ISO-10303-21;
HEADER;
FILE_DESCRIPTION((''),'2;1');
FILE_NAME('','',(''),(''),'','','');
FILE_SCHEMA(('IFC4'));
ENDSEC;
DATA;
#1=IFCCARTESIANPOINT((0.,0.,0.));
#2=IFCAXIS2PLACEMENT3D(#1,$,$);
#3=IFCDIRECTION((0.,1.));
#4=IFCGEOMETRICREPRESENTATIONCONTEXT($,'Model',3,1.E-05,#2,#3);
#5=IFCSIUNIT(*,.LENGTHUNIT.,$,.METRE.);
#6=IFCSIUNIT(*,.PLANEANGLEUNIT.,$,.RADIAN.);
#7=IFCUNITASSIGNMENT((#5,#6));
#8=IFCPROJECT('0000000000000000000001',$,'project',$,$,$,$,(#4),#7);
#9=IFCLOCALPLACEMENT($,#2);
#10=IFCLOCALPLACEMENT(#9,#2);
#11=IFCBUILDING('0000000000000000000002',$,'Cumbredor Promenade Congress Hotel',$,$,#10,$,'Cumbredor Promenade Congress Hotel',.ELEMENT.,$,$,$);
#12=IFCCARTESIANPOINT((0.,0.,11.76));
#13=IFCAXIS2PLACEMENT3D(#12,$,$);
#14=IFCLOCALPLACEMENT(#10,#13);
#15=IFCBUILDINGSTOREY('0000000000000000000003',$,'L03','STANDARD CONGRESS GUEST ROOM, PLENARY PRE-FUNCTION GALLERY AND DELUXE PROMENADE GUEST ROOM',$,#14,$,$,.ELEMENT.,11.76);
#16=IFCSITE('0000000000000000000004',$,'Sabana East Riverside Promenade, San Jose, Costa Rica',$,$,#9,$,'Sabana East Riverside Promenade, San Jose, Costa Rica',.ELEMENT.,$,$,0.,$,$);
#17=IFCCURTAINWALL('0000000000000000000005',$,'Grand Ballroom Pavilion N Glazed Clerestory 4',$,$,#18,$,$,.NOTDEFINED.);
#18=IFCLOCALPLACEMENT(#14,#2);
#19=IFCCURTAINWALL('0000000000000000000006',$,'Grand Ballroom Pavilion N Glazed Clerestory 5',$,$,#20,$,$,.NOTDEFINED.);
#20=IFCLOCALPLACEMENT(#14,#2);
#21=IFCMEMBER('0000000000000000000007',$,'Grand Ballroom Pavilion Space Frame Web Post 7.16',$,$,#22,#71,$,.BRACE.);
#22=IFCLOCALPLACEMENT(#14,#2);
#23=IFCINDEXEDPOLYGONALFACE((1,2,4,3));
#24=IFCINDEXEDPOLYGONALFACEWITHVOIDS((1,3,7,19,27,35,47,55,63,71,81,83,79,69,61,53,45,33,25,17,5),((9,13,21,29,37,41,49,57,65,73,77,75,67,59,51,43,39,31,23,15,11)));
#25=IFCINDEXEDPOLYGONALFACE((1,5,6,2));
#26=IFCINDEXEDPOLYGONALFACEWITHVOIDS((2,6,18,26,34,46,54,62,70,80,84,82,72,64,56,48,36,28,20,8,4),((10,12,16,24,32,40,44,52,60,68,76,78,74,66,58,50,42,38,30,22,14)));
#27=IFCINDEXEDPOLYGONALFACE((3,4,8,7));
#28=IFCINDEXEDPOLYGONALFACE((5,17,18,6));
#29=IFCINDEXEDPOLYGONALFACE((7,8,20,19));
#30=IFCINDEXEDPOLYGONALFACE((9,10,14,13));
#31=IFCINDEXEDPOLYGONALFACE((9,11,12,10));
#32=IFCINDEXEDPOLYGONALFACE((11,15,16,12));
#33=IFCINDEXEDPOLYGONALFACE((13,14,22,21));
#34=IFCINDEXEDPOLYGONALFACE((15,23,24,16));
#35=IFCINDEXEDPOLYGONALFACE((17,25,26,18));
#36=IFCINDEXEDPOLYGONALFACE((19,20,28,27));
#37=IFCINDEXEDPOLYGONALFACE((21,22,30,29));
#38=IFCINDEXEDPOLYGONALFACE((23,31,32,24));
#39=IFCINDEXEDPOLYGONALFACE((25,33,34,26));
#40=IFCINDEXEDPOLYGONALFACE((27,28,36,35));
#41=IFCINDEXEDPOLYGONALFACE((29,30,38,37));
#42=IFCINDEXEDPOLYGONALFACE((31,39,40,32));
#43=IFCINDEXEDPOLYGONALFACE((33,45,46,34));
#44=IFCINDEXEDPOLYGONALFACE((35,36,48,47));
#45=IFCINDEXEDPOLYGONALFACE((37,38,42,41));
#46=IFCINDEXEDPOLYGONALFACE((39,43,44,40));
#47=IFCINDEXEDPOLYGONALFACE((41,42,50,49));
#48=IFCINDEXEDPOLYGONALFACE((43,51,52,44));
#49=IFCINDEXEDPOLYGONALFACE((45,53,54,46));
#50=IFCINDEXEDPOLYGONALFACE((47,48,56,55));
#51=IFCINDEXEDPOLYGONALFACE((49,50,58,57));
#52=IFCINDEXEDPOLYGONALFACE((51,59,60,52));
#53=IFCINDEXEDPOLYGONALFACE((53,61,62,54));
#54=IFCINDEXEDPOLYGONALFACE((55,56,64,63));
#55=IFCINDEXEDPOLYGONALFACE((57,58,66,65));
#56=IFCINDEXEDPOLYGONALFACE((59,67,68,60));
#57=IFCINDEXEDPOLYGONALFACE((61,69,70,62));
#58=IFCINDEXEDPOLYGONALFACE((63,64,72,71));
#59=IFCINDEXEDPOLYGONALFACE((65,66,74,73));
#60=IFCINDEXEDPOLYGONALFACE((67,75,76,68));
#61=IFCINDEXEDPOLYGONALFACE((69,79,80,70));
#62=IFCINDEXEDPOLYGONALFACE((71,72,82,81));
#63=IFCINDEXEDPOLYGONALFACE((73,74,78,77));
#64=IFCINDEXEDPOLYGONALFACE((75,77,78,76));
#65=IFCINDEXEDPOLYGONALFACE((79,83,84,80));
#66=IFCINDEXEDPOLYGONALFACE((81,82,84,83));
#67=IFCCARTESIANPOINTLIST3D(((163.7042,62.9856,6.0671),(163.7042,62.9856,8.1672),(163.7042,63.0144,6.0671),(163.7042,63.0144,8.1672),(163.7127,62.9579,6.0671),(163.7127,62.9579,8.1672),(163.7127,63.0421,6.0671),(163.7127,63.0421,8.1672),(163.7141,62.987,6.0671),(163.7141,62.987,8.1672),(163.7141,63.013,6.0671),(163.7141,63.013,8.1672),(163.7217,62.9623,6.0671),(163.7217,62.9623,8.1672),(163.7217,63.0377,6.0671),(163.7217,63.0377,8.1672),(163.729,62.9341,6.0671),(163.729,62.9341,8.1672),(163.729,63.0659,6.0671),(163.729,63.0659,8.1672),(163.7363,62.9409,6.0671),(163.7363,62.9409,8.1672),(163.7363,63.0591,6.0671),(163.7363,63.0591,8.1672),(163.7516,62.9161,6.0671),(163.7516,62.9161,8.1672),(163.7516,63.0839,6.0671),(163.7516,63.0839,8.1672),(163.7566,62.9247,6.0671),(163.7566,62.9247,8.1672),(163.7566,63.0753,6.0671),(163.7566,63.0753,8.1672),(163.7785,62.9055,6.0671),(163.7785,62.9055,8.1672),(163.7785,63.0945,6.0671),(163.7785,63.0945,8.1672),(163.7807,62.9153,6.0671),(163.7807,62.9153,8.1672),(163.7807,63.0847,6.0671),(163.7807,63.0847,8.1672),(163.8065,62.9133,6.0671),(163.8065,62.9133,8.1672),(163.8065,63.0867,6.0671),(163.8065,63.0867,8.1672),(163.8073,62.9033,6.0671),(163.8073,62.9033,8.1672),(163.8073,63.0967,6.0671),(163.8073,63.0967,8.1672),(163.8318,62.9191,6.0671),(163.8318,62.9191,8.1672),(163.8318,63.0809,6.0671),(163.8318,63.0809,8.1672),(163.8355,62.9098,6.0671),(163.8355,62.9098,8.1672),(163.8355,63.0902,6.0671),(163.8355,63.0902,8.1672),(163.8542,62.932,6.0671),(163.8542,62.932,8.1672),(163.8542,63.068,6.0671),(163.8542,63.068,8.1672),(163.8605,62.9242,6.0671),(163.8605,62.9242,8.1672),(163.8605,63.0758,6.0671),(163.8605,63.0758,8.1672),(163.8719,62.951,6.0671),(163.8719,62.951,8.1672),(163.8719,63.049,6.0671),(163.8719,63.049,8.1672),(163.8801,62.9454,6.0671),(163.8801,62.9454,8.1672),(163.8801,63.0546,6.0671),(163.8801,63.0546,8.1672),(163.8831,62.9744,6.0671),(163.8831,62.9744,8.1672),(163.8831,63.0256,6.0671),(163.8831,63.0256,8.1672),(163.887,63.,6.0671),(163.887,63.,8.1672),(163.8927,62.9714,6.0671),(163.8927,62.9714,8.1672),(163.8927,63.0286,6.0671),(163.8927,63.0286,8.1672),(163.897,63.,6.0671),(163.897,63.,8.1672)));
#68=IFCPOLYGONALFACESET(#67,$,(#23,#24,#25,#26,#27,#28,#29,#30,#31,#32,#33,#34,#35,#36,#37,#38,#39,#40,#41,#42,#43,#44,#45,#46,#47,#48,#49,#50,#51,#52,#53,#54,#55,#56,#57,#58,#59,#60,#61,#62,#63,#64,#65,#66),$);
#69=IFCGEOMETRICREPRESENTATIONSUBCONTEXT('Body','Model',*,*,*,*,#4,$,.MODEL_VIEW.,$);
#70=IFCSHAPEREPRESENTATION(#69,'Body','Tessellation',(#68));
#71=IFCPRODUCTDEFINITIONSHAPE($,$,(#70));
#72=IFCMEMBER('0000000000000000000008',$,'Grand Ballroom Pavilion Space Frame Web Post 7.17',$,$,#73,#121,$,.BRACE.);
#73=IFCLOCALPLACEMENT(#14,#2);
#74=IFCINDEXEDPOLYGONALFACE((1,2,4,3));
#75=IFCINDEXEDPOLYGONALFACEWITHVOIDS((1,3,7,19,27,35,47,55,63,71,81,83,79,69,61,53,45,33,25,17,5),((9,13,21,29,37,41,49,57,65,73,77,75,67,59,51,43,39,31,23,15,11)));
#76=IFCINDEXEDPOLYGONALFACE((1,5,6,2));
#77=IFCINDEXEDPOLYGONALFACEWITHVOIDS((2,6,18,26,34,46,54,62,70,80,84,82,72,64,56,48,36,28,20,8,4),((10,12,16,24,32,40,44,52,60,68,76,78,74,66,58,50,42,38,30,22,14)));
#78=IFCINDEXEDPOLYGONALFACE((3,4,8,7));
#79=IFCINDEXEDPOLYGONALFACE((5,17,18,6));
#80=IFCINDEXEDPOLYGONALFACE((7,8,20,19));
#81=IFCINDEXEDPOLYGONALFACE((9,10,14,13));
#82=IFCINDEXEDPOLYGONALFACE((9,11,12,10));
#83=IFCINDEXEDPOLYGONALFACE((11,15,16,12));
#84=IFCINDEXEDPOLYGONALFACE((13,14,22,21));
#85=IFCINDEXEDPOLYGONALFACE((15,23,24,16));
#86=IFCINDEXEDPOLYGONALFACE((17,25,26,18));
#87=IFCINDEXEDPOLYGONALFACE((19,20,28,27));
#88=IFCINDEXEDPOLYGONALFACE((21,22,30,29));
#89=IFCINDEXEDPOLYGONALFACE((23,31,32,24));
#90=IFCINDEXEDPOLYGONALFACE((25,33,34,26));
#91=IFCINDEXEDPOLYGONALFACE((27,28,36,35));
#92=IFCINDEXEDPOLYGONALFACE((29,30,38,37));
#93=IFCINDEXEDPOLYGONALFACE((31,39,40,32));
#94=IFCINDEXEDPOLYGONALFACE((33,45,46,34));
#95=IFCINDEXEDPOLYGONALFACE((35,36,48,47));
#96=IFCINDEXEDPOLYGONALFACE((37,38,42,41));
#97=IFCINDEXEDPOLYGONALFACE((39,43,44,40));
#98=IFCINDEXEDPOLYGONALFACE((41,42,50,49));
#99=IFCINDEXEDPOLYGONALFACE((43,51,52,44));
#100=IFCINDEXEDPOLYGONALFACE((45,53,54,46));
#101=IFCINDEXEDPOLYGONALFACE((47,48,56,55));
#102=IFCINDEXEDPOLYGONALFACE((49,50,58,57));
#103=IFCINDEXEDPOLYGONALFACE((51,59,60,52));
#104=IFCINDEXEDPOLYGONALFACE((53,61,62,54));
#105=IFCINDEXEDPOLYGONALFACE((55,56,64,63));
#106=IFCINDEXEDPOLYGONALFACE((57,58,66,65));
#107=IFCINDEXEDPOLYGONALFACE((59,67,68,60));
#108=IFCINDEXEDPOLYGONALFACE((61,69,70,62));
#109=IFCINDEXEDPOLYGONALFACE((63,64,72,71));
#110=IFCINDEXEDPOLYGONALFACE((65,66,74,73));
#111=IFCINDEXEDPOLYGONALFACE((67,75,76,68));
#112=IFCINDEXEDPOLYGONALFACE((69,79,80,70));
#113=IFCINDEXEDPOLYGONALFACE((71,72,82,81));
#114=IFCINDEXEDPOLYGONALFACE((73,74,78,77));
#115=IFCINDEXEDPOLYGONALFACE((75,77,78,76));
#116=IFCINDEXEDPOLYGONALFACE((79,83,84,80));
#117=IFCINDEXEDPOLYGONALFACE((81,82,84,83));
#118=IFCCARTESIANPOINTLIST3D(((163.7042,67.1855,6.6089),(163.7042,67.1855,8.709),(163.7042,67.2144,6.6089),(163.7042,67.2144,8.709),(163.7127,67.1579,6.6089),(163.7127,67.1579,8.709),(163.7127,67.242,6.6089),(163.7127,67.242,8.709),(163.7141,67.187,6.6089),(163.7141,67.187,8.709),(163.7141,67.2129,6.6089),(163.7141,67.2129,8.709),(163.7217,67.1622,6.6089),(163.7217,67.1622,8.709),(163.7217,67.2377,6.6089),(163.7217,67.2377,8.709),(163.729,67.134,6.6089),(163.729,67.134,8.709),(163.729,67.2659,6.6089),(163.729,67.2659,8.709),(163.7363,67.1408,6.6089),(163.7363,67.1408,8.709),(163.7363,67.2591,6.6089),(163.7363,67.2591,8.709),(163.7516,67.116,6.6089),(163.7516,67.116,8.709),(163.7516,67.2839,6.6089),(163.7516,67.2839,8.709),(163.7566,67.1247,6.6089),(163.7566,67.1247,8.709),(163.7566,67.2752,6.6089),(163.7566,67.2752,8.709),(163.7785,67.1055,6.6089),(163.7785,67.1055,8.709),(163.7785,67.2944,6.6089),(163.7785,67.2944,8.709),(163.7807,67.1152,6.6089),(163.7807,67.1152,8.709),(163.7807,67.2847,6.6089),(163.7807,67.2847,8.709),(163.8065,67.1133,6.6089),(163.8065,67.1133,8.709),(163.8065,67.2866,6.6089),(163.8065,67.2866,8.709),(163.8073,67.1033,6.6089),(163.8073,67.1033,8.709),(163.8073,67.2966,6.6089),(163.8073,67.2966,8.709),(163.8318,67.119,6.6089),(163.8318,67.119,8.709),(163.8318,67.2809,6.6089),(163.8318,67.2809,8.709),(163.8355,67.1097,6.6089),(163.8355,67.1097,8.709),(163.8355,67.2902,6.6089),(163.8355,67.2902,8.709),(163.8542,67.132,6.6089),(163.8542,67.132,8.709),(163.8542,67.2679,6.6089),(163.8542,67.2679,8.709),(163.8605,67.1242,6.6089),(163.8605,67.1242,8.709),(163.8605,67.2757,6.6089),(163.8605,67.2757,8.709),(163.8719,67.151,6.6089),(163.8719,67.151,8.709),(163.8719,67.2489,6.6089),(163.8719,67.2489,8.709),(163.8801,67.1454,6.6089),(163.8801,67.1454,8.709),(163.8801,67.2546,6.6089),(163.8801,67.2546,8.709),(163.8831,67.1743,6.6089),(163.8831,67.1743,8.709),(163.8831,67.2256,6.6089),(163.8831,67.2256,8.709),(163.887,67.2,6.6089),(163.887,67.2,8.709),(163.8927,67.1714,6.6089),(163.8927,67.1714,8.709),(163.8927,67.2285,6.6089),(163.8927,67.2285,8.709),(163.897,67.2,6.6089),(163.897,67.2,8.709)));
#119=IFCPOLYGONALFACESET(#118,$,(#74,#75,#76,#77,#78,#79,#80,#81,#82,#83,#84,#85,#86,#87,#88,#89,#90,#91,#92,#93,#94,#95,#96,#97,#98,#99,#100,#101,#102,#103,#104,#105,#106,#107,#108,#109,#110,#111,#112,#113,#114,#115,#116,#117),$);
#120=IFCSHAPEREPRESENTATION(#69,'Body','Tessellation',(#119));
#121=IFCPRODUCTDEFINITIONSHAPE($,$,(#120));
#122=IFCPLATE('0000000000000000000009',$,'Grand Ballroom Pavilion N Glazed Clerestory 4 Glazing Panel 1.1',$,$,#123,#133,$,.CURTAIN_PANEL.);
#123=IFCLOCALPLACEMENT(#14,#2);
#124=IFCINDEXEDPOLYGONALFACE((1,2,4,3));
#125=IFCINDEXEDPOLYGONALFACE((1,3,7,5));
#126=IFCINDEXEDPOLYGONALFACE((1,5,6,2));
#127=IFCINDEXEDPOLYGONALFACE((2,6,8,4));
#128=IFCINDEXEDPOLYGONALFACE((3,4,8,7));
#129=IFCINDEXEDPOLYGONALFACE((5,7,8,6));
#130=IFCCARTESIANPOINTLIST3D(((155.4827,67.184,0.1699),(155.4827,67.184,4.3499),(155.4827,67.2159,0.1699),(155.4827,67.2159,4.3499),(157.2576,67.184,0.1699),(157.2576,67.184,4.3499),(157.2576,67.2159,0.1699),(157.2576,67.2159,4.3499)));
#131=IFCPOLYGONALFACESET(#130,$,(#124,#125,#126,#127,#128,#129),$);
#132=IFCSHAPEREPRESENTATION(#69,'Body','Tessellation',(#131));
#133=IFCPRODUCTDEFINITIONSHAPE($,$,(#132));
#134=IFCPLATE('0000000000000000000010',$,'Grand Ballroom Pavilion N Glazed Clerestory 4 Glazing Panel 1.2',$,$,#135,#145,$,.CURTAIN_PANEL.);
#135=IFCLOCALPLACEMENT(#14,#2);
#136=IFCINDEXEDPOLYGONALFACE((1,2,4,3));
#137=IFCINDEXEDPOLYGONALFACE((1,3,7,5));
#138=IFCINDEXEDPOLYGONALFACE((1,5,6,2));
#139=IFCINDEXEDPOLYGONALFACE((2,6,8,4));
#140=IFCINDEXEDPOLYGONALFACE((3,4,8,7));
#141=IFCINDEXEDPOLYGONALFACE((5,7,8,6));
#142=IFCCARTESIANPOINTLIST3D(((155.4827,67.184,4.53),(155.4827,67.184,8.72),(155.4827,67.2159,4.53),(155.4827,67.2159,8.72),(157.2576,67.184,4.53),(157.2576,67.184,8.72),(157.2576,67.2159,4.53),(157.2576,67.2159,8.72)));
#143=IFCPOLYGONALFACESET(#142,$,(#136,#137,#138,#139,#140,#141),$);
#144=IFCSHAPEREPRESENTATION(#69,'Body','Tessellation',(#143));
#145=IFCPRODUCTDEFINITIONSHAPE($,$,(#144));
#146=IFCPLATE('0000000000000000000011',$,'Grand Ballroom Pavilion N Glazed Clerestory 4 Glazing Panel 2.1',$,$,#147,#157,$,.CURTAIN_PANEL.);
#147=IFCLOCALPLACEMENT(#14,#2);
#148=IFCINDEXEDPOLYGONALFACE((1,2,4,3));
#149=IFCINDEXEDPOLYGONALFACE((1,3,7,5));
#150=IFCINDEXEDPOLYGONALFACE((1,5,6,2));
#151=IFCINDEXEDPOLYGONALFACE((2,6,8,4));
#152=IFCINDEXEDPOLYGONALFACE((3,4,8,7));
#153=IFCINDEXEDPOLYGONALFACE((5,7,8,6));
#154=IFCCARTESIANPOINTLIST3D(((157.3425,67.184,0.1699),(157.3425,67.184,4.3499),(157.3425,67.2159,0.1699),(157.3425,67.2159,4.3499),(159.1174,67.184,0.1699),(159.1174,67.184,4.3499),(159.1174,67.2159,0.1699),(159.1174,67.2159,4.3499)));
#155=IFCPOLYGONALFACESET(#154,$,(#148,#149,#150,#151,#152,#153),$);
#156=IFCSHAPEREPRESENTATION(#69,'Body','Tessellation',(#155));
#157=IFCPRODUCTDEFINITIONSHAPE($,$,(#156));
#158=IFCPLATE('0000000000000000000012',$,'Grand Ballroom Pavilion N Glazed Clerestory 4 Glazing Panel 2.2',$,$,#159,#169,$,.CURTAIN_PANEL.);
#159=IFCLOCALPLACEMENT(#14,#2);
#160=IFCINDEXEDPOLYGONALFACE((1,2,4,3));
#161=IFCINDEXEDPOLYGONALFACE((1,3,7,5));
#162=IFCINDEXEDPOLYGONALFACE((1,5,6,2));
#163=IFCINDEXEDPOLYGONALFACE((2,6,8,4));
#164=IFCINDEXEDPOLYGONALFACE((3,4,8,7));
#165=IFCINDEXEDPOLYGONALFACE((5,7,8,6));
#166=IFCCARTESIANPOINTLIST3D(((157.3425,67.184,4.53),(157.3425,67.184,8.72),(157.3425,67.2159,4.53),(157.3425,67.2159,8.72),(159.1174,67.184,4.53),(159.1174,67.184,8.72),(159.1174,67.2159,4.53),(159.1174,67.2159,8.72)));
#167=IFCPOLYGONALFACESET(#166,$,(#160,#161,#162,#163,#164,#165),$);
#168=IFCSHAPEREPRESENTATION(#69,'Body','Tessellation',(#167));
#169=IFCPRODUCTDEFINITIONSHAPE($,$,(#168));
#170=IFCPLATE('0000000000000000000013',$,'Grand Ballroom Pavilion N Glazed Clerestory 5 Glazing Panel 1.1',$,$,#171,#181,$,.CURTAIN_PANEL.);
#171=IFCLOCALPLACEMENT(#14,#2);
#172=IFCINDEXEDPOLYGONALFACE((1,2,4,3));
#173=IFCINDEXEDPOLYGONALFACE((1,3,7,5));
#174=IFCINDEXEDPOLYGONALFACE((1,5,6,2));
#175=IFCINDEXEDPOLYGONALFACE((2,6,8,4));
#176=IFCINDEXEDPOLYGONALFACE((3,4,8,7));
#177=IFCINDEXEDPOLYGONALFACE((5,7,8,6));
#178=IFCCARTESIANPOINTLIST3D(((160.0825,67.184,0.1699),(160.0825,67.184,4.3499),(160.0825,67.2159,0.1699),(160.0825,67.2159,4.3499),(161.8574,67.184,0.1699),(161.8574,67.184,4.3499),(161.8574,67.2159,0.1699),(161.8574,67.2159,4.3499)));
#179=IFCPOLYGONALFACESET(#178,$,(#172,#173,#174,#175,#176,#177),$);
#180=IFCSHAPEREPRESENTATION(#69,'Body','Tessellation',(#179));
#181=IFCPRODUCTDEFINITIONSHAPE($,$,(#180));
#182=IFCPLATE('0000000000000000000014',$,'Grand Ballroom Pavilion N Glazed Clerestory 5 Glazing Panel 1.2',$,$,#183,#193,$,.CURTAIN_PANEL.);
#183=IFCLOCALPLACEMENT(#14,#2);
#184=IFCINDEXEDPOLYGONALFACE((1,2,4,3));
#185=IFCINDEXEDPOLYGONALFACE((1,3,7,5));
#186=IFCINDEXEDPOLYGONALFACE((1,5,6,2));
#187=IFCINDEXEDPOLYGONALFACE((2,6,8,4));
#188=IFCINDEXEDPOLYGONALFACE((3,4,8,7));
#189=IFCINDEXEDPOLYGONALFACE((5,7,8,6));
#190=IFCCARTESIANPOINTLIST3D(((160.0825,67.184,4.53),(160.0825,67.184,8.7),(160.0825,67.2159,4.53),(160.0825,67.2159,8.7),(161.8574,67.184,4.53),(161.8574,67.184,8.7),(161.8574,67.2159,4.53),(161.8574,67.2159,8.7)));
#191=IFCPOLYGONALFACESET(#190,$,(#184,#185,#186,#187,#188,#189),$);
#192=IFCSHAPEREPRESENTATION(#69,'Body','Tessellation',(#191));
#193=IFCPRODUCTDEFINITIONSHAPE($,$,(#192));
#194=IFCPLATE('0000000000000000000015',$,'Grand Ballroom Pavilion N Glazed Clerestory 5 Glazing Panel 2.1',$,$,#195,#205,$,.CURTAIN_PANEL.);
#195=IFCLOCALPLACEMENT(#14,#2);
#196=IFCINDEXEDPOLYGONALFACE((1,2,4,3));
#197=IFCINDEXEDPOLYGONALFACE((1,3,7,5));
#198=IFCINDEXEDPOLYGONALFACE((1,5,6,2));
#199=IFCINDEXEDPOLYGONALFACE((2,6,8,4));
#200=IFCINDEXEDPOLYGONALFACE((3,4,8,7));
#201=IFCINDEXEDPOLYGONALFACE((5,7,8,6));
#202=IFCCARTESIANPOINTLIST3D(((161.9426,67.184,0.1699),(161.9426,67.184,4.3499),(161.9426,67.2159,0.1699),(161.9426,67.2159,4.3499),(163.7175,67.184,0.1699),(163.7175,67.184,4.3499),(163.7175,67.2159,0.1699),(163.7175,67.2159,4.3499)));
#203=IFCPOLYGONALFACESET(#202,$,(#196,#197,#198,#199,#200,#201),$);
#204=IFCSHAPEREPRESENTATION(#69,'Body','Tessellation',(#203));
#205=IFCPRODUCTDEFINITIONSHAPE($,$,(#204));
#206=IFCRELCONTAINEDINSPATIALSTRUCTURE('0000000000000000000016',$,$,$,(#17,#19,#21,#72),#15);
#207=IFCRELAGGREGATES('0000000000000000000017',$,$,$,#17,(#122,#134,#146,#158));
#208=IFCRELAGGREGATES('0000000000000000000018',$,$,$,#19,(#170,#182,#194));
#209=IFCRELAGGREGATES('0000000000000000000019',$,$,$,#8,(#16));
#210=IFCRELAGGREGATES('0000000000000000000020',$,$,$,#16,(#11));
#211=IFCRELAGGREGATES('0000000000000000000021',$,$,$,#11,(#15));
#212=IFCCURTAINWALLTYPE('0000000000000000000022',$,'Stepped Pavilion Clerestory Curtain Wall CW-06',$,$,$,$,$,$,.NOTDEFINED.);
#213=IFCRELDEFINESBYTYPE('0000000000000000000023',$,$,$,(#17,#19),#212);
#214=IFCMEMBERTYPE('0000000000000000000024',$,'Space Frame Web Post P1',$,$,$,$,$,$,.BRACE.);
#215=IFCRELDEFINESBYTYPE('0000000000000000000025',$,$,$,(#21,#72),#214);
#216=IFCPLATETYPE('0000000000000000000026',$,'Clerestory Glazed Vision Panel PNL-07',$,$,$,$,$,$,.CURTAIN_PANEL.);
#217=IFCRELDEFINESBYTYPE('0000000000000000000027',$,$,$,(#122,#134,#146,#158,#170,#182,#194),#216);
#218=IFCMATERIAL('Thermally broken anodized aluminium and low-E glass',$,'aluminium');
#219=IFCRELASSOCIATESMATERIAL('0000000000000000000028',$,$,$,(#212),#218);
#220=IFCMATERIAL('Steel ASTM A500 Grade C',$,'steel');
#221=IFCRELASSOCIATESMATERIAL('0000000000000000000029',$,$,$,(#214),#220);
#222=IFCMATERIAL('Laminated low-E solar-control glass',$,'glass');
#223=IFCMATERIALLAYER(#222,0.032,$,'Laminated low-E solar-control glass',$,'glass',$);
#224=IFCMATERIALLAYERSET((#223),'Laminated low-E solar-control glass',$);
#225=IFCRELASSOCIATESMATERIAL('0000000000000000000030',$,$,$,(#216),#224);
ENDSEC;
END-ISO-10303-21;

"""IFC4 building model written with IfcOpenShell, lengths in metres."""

from ifc_helpers import new_model, si_unit, direction, frame, origin, origin_2d, place, context, subcontext, project, spatial, rectangle, hollow_circle, extrude, material, layer, layer_set, material_profile, profile_set, type_object, element, aggregate, save


model = new_model("IFC4")

# Units and contexts
model_context = context("Model", 3, precision=1e-05, world=origin(), true_north=direction((0.0, 1.0)))
body_context = subcontext(model_context, "Body", "Model", "MODEL_VIEW")
ifc_project = project(units=[si_unit("LENGTHUNIT", "METRE"), si_unit("PLANEANGLEUNIT", "RADIAN")], contexts=[model_context])

# Site, building, storey
site_placement = place(None, origin())
site = spatial("IfcSite", under=ifc_project, at=site_placement, Name="Sabana East Riverside Promenade, San Jose, Costa Rica", LongName="Sabana East Riverside Promenade, San Jose, Costa Rica", CompositionType="ELEMENT", RefElevation=0.0)
building_placement = place(site_placement, origin())
building = spatial("IfcBuilding", under=site, at=building_placement, Name="Cumbredor Promenade Congress Hotel", LongName="Cumbredor Promenade Congress Hotel", CompositionType="ELEMENT")
storey_placement = place(building_placement, frame((0.0, 0.0, 11.76)))
storey = spatial("IfcBuildingStorey", under=building, at=storey_placement, Name="L03", Description="STANDARD CONGRESS GUEST ROOM, PLENARY PRE-FUNCTION GALLERY AND DELUXE PROMENADE GUEST ROOM", CompositionType="ELEMENT", Elevation=11.76)

# Shared definitions
ifc_material_1 = material(Name="Steel ASTM A500 Grade C", Category="steel")

# Curtain walls
ifc_material_2 = material(Name="Thermally broken anodized aluminium and low-E glass", Category="aluminium")
curtain_wall_type = type_object("IfcCurtainWallType", Name="Stepped Pavilion Clerestory Curtain Wall CW-06", PredefinedType="NOTDEFINED", material=ifc_material_2)
curtain_wall_1_placement = place(storey_placement, origin())
curtain_wall_1 = element("IfcCurtainWall", 1, at=curtain_wall_1_placement, inside=storey, type_object=curtain_wall_type, Name="Grand Ballroom Pavilion N Glazed Clerestory 4", PredefinedType="NOTDEFINED")
curtain_wall_2_placement = place(storey_placement, origin())
curtain_wall_2 = element("IfcCurtainWall", 2, at=curtain_wall_2_placement, inside=storey, type_object=curtain_wall_type, Name="Grand Ballroom Pavilion N Glazed Clerestory 5", PredefinedType="NOTDEFINED")

# Members
ifc_material_profile_1 = material_profile(ifc_material_1, hollow_circle(Radius=0.0969, WallThickness=0.01, at=origin_2d()), Name="CHS 193.7x10")
ifc_profile_set_1 = profile_set([ifc_material_profile_1], Name="Steel ASTM A500 Grade C")
member_type_1 = type_object("IfcMemberType", Name="Space Frame Web Post P1", PredefinedType="BRACE", material=ifc_profile_set_1)
for number, where, z_axis, x_axis, name in (
    (3, (163.8, 63.0, 6.0671), (0.0, 0.0, 1.0), (1.0, 0.0, 0.0), "Grand Ballroom Pavilion Space Frame Web Post 7.16"),
    (4, (163.8, 67.2, 6.6089), (0.0, 0.0, 1.0), (1.0, 0.0, 0.0), "Grand Ballroom Pavilion Space Frame Web Post 7.17"),
):
    element("IfcMember", number, at=place(storey_placement, frame(where, z_axis=z_axis, x_axis=x_axis)), inside=storey, type_object=member_type_1, Name=name, PredefinedType="BRACE", context=body_context, shape_type="SweptSolid", body=[
        extrude(hollow_circle(Radius=0.0969, WallThickness=0.01, at=origin_2d()), origin(), (0.0, 0.0, 1.0), 2.1001),
    ])

# Plates
ifc_material_3 = material(Name="Laminated low-E solar-control glass", Category="glass")
ifc_layer_1 = layer(ifc_material_3, 0.032, Name="Laminated low-E solar-control glass", Category="glass")
ifc_layer_set_1 = layer_set([ifc_layer_1], Name="Laminated low-E solar-control glass")
plate_type_1 = type_object("IfcPlateType", Name="Clerestory Glazed Vision Panel PNL-07", PredefinedType="CURTAIN_PANEL", material=ifc_layer_set_1)
plate_1_placement = place(storey_placement, frame((156.3701, 67.2, 0.1699), z_axis=(0.0, 0.0, 1.0), x_axis=(1.0, 0.0, 0.0)))
plate_1 = element("IfcPlate", 5, at=plate_1_placement, type_object=plate_type_1, Name="Grand Ballroom Pavilion N Glazed Clerestory 4 Glazing Panel 1.1", PredefinedType="CURTAIN_PANEL", context=body_context, shape_type="SweptSolid", body=[
    extrude(rectangle(XDim=1.7749, YDim=0.032, at=origin_2d()), origin(), (0.0, 0.0, 1.0), 4.1799),
])
plate_2_placement = place(storey_placement, frame((156.3701, 67.2, 4.53), z_axis=(0.0, 0.0, 1.0), x_axis=(1.0, 0.0, 0.0)))
plate_2 = element("IfcPlate", 6, at=plate_2_placement, type_object=plate_type_1, Name="Grand Ballroom Pavilion N Glazed Clerestory 4 Glazing Panel 1.2", PredefinedType="CURTAIN_PANEL", context=body_context, shape_type="SweptSolid", body=[
    extrude(rectangle(XDim=1.7749, YDim=0.032, at=origin_2d()), origin(), (0.0, 0.0, 1.0), 4.1899),
])
plate_3_placement = place(storey_placement, frame((158.23, 67.2, 0.1699), z_axis=(0.0, 0.0, 1.0), x_axis=(1.0, 0.0, 0.0)))
plate_3 = element("IfcPlate", 7, at=plate_3_placement, type_object=plate_type_1, Name="Grand Ballroom Pavilion N Glazed Clerestory 4 Glazing Panel 2.1", PredefinedType="CURTAIN_PANEL", context=body_context, shape_type="SweptSolid", body=[
    extrude(rectangle(XDim=1.7749, YDim=0.032, at=origin_2d()), origin(), (0.0, 0.0, 1.0), 4.1799),
])
plate_4_placement = place(storey_placement, frame((158.23, 67.2, 4.53), z_axis=(0.0, 0.0, 1.0), x_axis=(1.0, 0.0, 0.0)))
plate_4 = element("IfcPlate", 8, at=plate_4_placement, type_object=plate_type_1, Name="Grand Ballroom Pavilion N Glazed Clerestory 4 Glazing Panel 2.2", PredefinedType="CURTAIN_PANEL", context=body_context, shape_type="SweptSolid", body=[
    extrude(rectangle(XDim=1.7749, YDim=0.032, at=origin_2d()), origin(), (0.0, 0.0, 1.0), 4.1899),
])
aggregate(curtain_wall_1, [plate_1, plate_2, plate_3, plate_4])
plate_5_placement = place(storey_placement, frame((160.97, 67.2, 0.1699), z_axis=(0.0, 0.0, 1.0), x_axis=(1.0, 0.0, 0.0)))
plate_5 = element("IfcPlate", 9, at=plate_5_placement, type_object=plate_type_1, Name="Grand Ballroom Pavilion N Glazed Clerestory 5 Glazing Panel 1.1", PredefinedType="CURTAIN_PANEL", context=body_context, shape_type="SweptSolid", body=[
    extrude(rectangle(XDim=1.7749, YDim=0.032, at=origin_2d()), origin(), (0.0, 0.0, 1.0), 4.1799),
])
plate_6_placement = place(storey_placement, frame((160.97, 67.2, 4.53), z_axis=(0.0, 0.0, 1.0), x_axis=(1.0, 0.0, 0.0)))
plate_6 = element("IfcPlate", 10, at=plate_6_placement, type_object=plate_type_1, Name="Grand Ballroom Pavilion N Glazed Clerestory 5 Glazing Panel 1.2", PredefinedType="CURTAIN_PANEL", context=body_context, shape_type="SweptSolid", body=[
    extrude(rectangle(XDim=1.7749, YDim=0.032, at=origin_2d()), origin(), (0.0, 0.0, 1.0), 4.1699),
])
plate_7_placement = place(storey_placement, frame((162.8301, 67.2, 0.1699), z_axis=(0.0, 0.0, 1.0), x_axis=(1.0, 0.0, 0.0)))
plate_7 = element("IfcPlate", 11, at=plate_7_placement, type_object=plate_type_1, Name="Grand Ballroom Pavilion N Glazed Clerestory 5 Glazing Panel 2.1", PredefinedType="CURTAIN_PANEL", context=body_context, shape_type="SweptSolid", body=[
    extrude(rectangle(XDim=1.7749, YDim=0.032, at=origin_2d()), origin(), (0.0, 0.0, 1.0), 4.1799),
])
aggregate(curtain_wall_2, [plate_5, plate_6, plate_7])

save(model, "model.ifc")
